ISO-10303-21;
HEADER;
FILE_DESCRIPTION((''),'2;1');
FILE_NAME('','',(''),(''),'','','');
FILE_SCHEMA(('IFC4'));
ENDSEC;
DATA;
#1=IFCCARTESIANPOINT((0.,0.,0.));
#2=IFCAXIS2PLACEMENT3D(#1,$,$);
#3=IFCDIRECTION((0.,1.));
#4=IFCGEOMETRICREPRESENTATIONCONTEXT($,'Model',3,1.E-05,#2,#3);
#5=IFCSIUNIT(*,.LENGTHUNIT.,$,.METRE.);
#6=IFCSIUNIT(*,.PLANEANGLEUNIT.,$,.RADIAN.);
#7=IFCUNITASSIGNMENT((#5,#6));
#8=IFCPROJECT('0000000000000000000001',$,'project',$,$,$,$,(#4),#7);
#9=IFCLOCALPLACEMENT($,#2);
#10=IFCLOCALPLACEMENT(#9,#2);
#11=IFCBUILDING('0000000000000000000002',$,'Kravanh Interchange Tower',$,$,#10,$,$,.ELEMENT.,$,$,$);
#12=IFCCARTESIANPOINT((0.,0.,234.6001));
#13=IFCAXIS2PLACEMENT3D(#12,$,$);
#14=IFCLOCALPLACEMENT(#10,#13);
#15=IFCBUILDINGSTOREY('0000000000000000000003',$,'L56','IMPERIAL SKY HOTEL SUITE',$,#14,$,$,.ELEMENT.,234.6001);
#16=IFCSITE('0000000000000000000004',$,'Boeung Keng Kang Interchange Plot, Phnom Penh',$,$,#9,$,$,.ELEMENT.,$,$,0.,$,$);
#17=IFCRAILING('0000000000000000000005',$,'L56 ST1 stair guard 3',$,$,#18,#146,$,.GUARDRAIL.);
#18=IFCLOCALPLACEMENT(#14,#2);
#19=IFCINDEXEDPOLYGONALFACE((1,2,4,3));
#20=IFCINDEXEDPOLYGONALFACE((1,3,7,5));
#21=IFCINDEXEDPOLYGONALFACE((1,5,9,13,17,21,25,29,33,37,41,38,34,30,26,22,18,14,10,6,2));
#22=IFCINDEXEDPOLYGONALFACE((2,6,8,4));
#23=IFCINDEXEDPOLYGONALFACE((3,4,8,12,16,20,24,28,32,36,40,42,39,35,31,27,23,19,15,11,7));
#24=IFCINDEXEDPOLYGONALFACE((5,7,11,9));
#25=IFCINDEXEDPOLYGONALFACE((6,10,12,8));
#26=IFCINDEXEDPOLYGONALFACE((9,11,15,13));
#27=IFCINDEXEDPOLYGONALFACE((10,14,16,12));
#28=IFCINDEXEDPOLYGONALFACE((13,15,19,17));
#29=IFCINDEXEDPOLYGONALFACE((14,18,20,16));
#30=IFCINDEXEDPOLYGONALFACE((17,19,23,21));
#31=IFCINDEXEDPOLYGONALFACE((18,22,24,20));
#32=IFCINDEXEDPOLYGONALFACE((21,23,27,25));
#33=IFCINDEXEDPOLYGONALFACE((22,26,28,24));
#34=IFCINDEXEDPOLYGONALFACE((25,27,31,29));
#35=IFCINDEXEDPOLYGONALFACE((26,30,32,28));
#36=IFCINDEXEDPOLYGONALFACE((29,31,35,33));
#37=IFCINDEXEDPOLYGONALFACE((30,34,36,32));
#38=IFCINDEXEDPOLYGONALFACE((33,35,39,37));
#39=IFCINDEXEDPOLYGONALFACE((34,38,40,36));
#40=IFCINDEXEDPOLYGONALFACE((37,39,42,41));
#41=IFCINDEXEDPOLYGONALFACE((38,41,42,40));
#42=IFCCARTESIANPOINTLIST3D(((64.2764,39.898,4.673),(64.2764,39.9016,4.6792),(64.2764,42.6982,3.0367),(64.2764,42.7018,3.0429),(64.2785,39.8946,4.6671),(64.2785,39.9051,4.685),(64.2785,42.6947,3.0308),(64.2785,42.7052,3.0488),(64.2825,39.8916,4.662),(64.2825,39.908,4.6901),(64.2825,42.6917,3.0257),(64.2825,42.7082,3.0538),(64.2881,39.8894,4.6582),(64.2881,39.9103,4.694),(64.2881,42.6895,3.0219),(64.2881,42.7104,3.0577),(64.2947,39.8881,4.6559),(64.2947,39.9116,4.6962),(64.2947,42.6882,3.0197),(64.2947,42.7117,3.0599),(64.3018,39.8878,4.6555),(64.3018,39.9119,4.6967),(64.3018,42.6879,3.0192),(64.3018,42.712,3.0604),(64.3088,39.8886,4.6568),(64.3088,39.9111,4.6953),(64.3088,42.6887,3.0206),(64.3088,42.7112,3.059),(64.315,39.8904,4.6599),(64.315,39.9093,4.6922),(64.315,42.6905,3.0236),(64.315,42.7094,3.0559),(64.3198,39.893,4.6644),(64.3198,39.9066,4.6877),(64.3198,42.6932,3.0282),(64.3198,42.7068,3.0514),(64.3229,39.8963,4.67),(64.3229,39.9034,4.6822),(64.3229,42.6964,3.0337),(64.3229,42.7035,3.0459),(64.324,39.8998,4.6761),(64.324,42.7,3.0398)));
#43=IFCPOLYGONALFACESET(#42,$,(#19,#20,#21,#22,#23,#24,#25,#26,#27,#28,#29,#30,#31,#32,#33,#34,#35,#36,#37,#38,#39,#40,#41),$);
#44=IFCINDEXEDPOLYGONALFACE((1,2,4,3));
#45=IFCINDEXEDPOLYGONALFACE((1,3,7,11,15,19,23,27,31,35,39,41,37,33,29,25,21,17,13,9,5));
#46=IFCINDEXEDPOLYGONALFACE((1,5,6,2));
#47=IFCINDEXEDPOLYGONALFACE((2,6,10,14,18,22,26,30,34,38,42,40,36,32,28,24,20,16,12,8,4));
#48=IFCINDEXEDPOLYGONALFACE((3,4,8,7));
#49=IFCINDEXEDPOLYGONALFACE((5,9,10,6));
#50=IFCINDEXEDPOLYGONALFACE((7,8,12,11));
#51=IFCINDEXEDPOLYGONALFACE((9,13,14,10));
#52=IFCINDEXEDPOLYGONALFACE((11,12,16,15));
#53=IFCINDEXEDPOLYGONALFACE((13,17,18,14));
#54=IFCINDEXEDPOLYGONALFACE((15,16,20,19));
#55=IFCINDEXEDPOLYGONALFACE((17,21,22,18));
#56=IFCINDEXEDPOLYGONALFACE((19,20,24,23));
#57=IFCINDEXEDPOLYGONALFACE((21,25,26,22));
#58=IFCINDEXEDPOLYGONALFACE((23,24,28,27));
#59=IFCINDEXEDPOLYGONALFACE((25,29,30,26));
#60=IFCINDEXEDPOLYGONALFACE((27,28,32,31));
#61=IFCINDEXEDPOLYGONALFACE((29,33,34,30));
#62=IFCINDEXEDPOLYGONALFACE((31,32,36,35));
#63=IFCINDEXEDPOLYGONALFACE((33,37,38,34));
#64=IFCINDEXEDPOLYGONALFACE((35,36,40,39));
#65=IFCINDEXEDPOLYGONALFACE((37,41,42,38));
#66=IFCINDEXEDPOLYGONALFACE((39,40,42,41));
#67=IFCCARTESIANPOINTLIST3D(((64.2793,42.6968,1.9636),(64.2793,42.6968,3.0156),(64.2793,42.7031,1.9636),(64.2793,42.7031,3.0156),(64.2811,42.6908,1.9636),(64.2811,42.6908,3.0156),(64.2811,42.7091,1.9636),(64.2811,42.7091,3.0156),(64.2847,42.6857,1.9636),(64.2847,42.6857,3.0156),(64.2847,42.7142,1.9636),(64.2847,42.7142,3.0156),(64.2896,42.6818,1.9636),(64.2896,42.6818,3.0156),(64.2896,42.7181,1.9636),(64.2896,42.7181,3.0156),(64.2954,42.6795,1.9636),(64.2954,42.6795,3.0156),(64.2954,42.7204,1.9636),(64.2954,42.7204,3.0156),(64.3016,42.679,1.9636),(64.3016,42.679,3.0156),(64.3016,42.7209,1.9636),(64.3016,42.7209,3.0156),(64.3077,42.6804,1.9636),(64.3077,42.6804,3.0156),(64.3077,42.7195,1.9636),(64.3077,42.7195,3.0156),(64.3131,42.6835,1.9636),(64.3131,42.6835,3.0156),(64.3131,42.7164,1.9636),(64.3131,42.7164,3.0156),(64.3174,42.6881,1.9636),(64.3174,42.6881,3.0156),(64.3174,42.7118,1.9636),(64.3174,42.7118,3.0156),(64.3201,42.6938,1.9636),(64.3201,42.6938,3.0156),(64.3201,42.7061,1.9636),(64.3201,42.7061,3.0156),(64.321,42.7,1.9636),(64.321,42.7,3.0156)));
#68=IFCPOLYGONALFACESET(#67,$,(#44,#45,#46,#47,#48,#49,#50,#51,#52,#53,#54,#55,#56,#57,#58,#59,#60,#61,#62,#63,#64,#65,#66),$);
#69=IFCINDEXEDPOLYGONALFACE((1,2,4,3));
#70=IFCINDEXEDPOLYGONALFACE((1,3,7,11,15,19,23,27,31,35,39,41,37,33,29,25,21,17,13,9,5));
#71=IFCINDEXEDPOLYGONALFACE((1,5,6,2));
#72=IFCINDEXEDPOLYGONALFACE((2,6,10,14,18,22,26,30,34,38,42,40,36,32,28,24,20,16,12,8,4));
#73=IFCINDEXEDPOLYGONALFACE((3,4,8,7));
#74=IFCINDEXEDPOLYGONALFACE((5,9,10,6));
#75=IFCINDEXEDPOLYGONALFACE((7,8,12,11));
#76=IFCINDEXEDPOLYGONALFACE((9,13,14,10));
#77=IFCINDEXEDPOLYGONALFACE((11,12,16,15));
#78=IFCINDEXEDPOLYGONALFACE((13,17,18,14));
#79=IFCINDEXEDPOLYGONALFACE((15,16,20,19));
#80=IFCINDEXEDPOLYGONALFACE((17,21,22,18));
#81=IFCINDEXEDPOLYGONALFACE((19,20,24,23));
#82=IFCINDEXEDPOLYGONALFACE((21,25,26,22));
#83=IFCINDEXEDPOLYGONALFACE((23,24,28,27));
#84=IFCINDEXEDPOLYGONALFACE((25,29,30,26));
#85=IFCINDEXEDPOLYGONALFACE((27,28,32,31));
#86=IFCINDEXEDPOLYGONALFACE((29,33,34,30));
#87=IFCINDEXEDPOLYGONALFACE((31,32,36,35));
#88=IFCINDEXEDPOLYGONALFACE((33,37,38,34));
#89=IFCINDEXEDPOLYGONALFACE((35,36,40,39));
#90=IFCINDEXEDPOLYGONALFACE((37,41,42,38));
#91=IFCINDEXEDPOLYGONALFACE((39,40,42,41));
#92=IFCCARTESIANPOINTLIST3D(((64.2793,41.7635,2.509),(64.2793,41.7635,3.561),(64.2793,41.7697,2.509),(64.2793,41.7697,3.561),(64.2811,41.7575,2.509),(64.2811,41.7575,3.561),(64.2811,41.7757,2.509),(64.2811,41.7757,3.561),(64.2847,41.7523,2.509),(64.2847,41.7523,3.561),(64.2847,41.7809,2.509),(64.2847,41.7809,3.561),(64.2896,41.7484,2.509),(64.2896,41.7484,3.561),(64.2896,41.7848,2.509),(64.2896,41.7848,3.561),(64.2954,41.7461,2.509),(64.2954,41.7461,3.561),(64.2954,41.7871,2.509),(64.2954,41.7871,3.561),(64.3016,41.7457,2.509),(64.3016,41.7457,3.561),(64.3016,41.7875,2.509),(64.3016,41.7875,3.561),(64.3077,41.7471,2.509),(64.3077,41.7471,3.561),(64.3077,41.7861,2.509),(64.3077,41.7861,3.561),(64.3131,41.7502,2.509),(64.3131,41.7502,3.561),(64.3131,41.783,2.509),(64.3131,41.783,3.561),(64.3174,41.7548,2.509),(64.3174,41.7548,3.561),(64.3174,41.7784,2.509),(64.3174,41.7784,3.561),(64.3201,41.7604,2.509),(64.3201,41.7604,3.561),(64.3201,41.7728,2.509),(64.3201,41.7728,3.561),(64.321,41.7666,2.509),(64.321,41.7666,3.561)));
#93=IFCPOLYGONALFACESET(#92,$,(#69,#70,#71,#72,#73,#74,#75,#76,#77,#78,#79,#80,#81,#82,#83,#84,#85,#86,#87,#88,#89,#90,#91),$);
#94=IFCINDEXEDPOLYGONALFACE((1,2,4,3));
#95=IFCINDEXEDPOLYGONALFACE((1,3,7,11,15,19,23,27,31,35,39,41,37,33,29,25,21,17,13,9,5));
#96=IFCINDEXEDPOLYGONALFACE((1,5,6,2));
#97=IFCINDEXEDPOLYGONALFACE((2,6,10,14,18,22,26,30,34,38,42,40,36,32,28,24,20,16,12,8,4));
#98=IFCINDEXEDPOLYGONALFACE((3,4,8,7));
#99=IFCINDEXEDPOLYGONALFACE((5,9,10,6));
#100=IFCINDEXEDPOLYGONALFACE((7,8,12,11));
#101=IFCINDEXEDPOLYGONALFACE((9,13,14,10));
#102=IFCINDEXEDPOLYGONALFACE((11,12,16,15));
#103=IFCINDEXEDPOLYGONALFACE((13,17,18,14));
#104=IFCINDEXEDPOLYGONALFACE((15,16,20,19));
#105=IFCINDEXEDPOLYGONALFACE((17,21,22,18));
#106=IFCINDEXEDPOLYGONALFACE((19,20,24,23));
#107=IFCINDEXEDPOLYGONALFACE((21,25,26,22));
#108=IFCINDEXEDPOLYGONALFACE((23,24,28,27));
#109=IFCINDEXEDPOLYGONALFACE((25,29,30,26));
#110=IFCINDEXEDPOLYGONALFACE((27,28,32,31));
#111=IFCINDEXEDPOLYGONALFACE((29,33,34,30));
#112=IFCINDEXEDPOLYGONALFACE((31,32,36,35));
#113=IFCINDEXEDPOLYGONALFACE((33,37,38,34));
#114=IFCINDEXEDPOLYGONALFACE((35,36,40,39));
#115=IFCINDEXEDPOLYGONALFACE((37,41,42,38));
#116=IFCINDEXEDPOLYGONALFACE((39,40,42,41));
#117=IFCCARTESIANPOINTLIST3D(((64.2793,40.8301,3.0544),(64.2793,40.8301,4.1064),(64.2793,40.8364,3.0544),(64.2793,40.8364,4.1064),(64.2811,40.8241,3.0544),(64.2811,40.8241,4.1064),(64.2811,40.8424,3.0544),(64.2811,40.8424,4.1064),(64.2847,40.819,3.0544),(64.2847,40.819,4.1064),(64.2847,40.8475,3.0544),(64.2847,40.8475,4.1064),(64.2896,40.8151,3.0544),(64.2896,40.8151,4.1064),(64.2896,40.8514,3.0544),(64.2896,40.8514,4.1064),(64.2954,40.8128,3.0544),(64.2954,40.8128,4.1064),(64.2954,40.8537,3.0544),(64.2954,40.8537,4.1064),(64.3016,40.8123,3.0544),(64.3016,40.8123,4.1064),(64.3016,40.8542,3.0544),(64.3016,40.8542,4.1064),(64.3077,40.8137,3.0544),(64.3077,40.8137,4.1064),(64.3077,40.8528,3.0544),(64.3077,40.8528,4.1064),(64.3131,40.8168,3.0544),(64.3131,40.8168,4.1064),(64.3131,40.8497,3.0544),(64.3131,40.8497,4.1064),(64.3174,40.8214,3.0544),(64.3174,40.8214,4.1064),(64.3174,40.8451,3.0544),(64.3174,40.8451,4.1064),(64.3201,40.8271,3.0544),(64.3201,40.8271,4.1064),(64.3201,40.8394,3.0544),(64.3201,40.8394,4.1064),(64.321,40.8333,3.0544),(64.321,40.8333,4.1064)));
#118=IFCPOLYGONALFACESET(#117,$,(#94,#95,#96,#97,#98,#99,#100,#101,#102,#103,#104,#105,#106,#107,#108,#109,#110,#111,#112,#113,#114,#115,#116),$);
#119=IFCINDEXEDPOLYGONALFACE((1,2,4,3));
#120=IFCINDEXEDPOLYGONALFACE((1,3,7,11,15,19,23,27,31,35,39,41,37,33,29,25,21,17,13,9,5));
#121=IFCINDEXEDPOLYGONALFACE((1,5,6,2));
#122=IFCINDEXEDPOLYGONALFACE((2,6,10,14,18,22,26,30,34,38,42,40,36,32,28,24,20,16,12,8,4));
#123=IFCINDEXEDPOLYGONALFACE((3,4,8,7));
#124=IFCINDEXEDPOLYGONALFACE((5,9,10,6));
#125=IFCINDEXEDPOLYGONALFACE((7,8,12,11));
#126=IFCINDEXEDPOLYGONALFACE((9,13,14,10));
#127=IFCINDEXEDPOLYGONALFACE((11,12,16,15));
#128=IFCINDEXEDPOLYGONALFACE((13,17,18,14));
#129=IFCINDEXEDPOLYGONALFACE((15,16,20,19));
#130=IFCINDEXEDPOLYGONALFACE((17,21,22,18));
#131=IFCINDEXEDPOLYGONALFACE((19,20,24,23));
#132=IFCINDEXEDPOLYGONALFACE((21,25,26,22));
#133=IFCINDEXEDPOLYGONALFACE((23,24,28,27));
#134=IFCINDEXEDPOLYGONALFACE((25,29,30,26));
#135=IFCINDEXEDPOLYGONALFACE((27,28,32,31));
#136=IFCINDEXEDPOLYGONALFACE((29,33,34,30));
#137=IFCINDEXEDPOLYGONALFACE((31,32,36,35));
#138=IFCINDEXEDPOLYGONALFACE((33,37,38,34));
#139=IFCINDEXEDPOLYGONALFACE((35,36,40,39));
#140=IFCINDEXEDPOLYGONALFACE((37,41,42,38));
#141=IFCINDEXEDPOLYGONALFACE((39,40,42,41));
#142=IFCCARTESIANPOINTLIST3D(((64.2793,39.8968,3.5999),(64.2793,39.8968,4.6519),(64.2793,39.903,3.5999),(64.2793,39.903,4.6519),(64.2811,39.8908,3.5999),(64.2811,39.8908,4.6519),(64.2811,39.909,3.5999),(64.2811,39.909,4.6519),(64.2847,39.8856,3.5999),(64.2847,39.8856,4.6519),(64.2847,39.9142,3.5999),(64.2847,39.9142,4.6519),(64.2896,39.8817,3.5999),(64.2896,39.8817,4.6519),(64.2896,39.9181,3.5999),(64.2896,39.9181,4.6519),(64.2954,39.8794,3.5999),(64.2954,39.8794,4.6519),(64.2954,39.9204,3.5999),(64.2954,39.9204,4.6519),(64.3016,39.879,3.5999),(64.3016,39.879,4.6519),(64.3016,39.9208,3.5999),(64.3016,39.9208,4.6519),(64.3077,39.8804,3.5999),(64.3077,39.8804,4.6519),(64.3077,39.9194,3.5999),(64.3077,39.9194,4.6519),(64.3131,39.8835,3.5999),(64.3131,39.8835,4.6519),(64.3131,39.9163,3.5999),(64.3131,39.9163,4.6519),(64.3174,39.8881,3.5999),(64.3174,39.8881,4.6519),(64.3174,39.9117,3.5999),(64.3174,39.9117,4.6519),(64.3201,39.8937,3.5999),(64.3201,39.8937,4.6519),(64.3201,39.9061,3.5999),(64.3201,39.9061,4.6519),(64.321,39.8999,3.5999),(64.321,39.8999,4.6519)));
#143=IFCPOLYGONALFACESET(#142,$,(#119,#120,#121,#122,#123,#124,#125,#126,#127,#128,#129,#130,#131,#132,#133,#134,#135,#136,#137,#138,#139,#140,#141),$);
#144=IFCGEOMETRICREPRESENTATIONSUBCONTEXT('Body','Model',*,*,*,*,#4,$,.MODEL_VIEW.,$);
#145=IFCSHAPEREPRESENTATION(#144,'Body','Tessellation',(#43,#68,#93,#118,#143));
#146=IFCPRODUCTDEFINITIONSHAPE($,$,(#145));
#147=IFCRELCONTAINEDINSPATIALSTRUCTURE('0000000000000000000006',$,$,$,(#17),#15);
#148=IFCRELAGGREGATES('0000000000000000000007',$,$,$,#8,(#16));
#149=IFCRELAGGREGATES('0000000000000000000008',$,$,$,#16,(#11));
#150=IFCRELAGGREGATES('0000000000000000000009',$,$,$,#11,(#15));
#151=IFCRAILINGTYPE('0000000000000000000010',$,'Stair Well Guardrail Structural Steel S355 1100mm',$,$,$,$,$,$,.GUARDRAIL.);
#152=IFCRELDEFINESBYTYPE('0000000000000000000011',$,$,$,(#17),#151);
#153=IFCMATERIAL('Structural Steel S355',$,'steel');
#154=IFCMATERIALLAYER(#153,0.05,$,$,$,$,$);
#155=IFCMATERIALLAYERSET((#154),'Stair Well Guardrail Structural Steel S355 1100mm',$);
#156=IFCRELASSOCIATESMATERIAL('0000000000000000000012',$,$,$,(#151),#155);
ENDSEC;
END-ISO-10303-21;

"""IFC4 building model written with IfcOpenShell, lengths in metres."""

from ifc_helpers import new_model, si_unit, direction, frame, origin, origin_2d, place, context, subcontext, project, spatial, circle, extrude, material, layer, layer_set, type_object, element, save


model = new_model("IFC4")

# Units and contexts
model_context = context("Model", 3, precision=1e-05, world=origin(), true_north=direction((0.0, 1.0)))
body_context = subcontext(model_context, "Body", "Model", "MODEL_VIEW")
ifc_project = project(units=[si_unit("LENGTHUNIT", "METRE"), si_unit("PLANEANGLEUNIT", "RADIAN")], contexts=[model_context])

# Site, building, storey
site_placement = place(None, origin())
site = spatial("IfcSite", under=ifc_project, at=site_placement, Name="Boeung Keng Kang Interchange Plot, Phnom Penh", CompositionType="ELEMENT", RefElevation=0.0)
building_placement = place(site_placement, origin())
building = spatial("IfcBuilding", under=site, at=building_placement, Name="Kravanh Interchange Tower", CompositionType="ELEMENT")
storey_placement = place(building_placement, frame((0.0, 0.0, 234.6001)))
storey = spatial("IfcBuildingStorey", under=building, at=storey_placement, Name="L56", Description="IMPERIAL SKY HOTEL SUITE", CompositionType="ELEMENT", Elevation=234.6001)

# Railing
ifc_material_1 = material(Name="Structural Steel S355", Category="steel")
ifc_layer_1 = layer(ifc_material_1, 0.05)
ifc_layer_set_1 = layer_set([ifc_layer_1], Name="Stair Well Guardrail Structural Steel S355 1100mm")
railing_type_1 = type_object("IfcRailingType", Name="Stair Well Guardrail Structural Steel S355 1100mm", PredefinedType="GUARDRAIL", material=ifc_layer_set_1)
railing_1_placement = place(storey_placement, frame((64.3, 42.7, 1.9636)))
element("IfcRailing", 1, at=railing_1_placement, inside=storey, type_object=railing_type_1, Name="L56 ST1 stair guard 3", PredefinedType="GUARDRAIL", context=body_context, shape_type="SweptSolid", body=[
    extrude(circle(Radius=0.0239, at=origin_2d()), frame((0.0, 0.0, 1.0762), z_axis=(0.0, -0.863394, 0.504531), x_axis=(1.0, 0.0, 0.0)), (0.0, 0.0, 1.0), 3.2432),
    extrude(circle(Radius=0.021, at=origin_2d()), origin(), (0.0, 0.0, 1.0), 1.052),
    extrude(circle(Radius=0.021, at=origin_2d()), frame((0.0, -0.9333, 0.5454)), (0.0, 0.0, 1.0), 1.052),
    extrude(circle(Radius=0.021, at=origin_2d()), frame((0.0, -1.8667, 1.0908)), (0.0, 0.0, 1.0), 1.052),
    extrude(circle(Radius=0.021, at=origin_2d()), frame((0.0, -2.8, 1.6362)), (0.0, 0.0, 1.0), 1.052),
])

save(model, "model.ifc")
